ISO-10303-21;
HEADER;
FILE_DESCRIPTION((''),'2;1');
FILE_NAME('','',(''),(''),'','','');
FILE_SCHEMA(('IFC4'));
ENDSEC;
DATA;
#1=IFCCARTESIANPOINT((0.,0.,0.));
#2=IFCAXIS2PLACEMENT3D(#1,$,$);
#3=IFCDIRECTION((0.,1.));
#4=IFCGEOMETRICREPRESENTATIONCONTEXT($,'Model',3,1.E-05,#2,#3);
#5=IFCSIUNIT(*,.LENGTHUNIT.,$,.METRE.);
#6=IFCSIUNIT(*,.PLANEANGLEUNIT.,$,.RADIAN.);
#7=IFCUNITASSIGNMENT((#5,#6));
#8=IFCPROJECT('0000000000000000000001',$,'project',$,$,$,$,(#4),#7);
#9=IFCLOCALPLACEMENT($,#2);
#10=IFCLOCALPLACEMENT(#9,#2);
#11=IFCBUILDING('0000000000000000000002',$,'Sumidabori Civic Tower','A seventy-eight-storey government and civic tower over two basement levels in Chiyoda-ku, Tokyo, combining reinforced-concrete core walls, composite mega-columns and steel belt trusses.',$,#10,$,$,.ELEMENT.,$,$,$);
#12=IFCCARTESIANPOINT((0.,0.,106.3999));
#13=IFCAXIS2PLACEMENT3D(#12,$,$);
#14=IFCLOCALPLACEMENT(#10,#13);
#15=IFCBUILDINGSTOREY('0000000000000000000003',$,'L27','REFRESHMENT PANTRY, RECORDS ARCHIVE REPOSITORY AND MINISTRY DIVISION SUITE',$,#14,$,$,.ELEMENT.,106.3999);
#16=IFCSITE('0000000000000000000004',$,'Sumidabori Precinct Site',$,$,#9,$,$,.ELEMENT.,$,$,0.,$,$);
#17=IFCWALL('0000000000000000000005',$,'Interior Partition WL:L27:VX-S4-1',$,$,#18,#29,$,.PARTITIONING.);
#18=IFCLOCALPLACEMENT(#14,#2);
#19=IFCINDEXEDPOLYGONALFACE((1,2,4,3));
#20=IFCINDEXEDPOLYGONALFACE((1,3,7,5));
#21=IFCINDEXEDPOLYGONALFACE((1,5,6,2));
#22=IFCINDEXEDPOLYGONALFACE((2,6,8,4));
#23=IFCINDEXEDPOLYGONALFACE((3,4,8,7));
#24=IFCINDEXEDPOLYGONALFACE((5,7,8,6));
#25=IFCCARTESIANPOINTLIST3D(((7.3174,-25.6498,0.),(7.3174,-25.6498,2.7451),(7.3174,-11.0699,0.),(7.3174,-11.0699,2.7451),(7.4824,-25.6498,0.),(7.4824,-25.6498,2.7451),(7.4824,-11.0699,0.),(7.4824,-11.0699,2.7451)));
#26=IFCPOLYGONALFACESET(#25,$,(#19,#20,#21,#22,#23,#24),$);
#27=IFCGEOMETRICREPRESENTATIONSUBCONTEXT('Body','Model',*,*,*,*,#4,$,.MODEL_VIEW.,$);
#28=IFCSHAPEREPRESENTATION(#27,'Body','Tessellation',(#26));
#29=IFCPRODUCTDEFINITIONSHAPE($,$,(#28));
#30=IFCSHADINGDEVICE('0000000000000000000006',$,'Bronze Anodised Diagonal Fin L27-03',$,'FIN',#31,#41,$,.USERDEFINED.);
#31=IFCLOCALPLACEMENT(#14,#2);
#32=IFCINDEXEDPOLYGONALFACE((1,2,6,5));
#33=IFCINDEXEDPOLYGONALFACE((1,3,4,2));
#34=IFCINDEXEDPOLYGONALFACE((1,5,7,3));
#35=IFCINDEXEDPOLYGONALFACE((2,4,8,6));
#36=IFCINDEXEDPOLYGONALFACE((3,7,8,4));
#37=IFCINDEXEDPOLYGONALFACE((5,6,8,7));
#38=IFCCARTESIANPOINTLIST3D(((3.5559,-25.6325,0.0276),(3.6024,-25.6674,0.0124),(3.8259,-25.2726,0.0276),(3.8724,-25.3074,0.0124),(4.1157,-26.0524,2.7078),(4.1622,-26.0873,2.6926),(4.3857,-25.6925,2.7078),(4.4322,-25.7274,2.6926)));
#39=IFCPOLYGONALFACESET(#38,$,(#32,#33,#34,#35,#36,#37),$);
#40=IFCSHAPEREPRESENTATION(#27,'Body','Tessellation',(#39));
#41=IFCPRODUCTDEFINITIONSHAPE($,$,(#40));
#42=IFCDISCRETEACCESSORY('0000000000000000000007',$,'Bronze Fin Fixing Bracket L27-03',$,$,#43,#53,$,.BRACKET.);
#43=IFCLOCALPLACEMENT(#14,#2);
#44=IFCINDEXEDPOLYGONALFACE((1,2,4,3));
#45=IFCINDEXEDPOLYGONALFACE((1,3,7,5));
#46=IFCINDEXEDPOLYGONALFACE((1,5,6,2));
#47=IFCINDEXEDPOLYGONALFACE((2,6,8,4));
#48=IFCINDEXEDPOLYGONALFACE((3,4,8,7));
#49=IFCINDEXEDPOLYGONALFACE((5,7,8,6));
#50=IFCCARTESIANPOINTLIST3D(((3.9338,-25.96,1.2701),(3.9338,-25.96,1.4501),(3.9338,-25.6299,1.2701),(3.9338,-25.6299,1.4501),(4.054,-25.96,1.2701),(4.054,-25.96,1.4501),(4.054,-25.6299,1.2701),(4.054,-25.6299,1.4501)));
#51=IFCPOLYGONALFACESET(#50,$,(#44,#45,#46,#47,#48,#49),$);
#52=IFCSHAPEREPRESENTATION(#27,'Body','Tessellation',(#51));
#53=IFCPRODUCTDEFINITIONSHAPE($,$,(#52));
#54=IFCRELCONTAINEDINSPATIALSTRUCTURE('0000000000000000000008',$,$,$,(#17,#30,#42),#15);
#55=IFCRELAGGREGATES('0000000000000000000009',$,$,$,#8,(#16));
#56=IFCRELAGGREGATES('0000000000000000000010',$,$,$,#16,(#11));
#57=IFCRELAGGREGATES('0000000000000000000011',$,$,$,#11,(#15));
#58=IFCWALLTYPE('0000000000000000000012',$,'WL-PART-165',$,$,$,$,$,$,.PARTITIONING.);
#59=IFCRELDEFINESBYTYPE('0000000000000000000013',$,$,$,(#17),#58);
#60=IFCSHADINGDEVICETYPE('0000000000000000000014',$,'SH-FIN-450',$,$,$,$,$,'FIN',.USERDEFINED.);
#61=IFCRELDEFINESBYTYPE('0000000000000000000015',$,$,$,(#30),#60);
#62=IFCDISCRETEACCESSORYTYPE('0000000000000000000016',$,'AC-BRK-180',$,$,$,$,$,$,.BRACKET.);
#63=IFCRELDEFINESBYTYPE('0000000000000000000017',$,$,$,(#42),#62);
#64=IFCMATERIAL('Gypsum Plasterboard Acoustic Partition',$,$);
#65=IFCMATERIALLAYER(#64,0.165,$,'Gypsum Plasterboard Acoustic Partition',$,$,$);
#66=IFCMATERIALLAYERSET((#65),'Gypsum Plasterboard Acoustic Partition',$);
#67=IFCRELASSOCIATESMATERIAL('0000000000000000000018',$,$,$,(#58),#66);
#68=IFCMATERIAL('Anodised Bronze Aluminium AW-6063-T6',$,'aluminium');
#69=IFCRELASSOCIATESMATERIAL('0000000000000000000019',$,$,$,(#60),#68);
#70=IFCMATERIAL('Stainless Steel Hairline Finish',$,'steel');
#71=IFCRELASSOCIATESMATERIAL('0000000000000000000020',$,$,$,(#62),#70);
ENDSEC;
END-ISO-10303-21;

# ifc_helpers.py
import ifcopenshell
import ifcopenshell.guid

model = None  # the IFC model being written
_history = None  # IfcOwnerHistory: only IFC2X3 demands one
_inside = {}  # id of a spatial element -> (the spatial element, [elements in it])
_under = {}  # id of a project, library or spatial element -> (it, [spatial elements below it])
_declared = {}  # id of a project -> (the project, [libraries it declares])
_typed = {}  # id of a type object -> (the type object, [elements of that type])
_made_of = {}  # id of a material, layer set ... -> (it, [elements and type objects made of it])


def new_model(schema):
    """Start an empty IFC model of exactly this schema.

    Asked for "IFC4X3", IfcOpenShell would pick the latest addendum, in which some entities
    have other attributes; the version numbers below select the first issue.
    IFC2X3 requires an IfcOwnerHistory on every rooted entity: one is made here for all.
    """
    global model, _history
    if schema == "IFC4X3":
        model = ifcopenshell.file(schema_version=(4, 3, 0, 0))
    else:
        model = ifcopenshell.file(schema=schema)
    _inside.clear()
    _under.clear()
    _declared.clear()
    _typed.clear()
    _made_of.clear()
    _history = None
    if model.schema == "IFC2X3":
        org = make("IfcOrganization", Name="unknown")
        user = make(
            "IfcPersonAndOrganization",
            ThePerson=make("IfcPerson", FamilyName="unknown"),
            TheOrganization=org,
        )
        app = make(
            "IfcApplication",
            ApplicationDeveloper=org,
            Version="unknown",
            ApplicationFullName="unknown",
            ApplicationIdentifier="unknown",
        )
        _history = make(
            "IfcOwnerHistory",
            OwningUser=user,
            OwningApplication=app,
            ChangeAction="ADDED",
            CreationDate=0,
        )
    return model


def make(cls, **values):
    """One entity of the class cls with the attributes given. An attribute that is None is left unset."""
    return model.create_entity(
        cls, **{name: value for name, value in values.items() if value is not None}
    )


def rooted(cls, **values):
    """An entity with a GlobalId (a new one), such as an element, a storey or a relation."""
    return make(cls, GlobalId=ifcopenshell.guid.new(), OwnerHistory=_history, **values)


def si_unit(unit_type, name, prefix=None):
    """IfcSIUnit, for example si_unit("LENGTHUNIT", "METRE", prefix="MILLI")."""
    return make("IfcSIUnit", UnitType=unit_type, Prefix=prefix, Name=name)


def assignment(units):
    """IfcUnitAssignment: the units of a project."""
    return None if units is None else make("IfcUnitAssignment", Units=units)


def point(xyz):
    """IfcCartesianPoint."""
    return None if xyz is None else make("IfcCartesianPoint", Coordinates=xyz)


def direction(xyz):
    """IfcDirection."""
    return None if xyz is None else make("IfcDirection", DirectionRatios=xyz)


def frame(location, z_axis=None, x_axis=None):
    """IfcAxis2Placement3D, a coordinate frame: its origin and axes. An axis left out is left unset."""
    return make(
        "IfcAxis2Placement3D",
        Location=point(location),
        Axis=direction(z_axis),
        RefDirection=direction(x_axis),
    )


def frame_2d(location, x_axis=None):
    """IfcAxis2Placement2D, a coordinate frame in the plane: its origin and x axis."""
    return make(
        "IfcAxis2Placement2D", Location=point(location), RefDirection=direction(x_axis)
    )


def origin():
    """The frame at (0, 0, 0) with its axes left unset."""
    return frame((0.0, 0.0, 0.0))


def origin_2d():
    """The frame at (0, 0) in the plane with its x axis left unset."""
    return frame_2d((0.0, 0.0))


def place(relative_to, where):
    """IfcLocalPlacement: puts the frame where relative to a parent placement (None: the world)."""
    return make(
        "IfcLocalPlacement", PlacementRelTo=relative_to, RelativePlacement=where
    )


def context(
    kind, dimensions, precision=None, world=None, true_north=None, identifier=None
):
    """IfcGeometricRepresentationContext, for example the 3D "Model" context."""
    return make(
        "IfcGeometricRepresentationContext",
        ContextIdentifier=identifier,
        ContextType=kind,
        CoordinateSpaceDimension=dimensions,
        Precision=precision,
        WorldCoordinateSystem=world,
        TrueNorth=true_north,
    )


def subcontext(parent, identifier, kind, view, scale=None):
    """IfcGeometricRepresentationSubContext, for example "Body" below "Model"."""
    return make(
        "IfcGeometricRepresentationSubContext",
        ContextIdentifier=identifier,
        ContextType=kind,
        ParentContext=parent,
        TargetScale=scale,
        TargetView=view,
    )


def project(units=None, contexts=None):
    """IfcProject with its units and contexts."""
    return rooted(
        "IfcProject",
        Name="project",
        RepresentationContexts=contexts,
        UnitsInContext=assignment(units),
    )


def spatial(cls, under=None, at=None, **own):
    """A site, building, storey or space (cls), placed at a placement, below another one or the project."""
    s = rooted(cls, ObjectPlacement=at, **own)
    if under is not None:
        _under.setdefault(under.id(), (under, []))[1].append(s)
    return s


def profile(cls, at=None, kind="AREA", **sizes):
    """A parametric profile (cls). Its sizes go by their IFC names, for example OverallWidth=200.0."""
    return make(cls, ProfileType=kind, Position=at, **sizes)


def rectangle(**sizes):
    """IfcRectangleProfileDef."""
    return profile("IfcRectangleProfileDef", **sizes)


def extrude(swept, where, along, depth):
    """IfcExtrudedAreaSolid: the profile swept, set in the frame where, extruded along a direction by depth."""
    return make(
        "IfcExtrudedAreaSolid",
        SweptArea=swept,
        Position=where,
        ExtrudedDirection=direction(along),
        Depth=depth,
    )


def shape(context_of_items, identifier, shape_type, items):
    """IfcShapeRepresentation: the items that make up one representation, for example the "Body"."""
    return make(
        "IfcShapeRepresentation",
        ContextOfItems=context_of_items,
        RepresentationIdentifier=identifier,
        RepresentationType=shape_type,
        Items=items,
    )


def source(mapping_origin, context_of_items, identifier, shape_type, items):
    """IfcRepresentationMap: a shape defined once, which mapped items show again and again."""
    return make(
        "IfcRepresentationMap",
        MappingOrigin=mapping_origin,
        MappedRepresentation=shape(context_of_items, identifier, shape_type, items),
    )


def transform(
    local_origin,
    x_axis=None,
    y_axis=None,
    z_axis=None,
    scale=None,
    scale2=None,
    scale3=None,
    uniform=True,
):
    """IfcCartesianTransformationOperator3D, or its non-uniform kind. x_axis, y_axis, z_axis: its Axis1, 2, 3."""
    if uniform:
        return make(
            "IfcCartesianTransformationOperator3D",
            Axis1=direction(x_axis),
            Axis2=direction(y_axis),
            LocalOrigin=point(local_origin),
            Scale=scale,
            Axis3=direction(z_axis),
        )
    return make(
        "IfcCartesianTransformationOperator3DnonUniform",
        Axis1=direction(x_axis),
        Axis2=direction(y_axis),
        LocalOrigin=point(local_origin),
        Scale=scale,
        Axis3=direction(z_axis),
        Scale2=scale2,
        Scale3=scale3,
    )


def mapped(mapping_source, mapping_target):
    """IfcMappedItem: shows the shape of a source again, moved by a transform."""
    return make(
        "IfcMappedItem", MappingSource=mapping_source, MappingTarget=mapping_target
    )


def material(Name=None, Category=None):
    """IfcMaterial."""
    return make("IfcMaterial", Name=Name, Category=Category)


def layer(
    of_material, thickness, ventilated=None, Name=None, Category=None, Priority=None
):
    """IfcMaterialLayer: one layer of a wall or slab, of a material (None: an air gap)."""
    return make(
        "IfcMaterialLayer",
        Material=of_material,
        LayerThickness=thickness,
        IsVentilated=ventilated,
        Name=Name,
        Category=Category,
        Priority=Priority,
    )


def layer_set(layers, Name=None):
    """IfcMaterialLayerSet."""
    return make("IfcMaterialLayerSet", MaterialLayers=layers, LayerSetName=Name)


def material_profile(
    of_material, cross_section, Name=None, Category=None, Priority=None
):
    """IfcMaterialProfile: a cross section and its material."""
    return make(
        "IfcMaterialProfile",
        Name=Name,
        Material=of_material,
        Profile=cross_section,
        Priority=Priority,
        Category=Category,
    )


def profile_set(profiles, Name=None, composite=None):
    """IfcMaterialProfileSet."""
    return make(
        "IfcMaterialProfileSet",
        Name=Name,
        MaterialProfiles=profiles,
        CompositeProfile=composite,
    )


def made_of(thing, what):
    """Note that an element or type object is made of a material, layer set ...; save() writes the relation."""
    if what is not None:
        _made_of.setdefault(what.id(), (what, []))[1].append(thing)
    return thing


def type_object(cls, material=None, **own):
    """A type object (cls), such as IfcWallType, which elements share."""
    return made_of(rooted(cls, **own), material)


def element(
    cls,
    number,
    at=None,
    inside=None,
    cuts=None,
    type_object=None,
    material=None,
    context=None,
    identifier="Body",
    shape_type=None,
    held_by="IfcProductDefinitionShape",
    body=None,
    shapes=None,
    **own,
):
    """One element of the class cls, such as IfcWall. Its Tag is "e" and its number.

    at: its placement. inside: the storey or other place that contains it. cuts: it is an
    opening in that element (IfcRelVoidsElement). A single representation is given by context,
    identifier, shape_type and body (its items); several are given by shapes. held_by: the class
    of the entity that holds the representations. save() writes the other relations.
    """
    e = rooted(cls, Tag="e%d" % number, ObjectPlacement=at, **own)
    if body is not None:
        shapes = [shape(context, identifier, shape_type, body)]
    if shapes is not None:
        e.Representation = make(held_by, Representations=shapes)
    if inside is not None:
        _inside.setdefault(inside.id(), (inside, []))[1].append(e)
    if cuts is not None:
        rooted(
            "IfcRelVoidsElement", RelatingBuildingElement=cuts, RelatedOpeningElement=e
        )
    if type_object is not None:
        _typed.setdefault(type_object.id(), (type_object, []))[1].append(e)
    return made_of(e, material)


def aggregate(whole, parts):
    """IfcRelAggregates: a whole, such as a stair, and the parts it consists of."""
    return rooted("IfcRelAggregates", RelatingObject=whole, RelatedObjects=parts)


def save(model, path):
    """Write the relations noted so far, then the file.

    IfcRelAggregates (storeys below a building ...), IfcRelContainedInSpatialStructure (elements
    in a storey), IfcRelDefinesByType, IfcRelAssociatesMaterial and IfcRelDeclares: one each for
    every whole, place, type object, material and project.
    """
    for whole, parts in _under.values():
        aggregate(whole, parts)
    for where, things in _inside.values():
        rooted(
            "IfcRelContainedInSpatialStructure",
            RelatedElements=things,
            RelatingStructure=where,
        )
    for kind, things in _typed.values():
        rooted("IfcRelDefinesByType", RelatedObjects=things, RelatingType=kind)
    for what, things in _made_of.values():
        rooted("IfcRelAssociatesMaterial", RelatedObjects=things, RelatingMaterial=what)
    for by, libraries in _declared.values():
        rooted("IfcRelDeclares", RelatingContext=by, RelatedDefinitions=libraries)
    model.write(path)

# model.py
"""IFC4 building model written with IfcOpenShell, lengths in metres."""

from ifc_helpers import new_model, si_unit, direction, frame, frame_2d, origin, origin_2d, place, context, subcontext, project, spatial, rectangle, extrude, source, transform, mapped, material, layer, layer_set, material_profile, profile_set, type_object, element, save


model = new_model("IFC4")

# Units and contexts
model_context = context("Model", 3, precision=1e-05, world=origin(), true_north=direction((0.0, 1.0)))
body_context = subcontext(model_context, "Body", "Model", "MODEL_VIEW")
ifc_project = project(units=[si_unit("LENGTHUNIT", "METRE"), si_unit("PLANEANGLEUNIT", "RADIAN")], contexts=[model_context])

# Site, building, storey
site_placement = place(None, origin())
site = spatial("IfcSite", under=ifc_project, at=site_placement, Name="Sumidabori Precinct Site", CompositionType="ELEMENT", RefElevation=0.0)
building_placement = place(site_placement, origin())
building = spatial("IfcBuilding", under=site, at=building_placement, Name="Sumidabori Civic Tower", Description="A seventy-eight-storey government and civic tower over two basement levels in Chiyoda-ku, Tokyo, combining reinforced-concrete core walls, composite mega-columns and steel belt trusses.", CompositionType="ELEMENT")
storey_placement = place(building_placement, frame((0.0, 0.0, 106.3999)))
storey = spatial("IfcBuildingStorey", under=building, at=storey_placement, Name="L27", Description="REFRESHMENT PANTRY, RECORDS ARCHIVE REPOSITORY AND MINISTRY DIVISION SUITE", CompositionType="ELEMENT", Elevation=106.3999)

# Shared definitions
ifc_material_1 = material(Name="Anodised Bronze Aluminium AW-6063-T6", Category="aluminium")

# Shared definitions
ifc_material_2 = material(Name="Gypsum Plasterboard Acoustic Partition")
ifc_layer_1 = layer(ifc_material_2, 0.165, Name="Gypsum Plasterboard Acoustic Partition")
ifc_layer_set_1 = layer_set([ifc_layer_1], Name="Gypsum Plasterboard Acoustic Partition")
wall_type = type_object("IfcWallType", Name="WL-PART-165", PredefinedType="PARTITIONING", material=ifc_layer_set_1)

# Wall
shared_shape_1 = source(origin(), body_context, "Body", "SweptSolid", [
    extrude(rectangle(XDim=14.5798, YDim=0.165, at=frame_2d((7.29, 0.0))), origin(), (0.0, 0.0, 1.0), 2.7451),
])
wall_1_placement = place(storey_placement, frame((7.3999, -25.6499, 0.0), z_axis=(0.0, 0.0, 1.0), x_axis=(0.0, 1.0, 0.0)))
element("IfcWall", 1, at=wall_1_placement, inside=storey, type_object=wall_type, Name="Interior Partition WL:L27:VX-S4-1", PredefinedType="PARTITIONING", context=body_context, shape_type="MappedRepresentation", body=[
    mapped(shared_shape_1, transform((0.0, 0.0, 0.0), x_axis=(1.0, 0.0, 0.0), y_axis=(0.0, 1.0, 0.0), z_axis=(0.0, 0.0, 1.0), scale=1.0)),
])

# Shading device
ifc_material_profile_1 = material_profile(ifc_material_1, rectangle(XDim=0.0601, YDim=0.45, at=origin_2d()), Name="BRONZE FIN 450x60")
ifc_profile_set_1 = profile_set([ifc_material_profile_1], Name="Anodised Bronze Aluminium AW-6063-T6")
shading_device_type = type_object("IfcShadingDeviceType", Name="SH-FIN-450", ElementType="FIN", PredefinedType="USERDEFINED", material=ifc_profile_set_1)
shared_shape_2 = source(origin(), body_context, "Body", "SweptSolid", [
    extrude(rectangle(XDim=0.0601, YDim=0.45, at=origin_2d()), origin(), (0.0, 0.0, 1.0), 2.77),
])
shading_device_placement = place(storey_placement, frame((3.7141, -25.47, 0.02), z_axis=(0.202097, -0.151595, 0.967562), x_axis=(0.774009, -0.580591, -0.252634)))
element("IfcShadingDevice", 2, at=shading_device_placement, inside=storey, type_object=shading_device_type, Name="Bronze Anodised Diagonal Fin L27-03", ObjectType="FIN", PredefinedType="USERDEFINED", context=body_context, shape_type="MappedRepresentation", body=[
    mapped(shared_shape_2, transform((0.0, 0.0, 0.0), x_axis=(1.0, 0.0, 0.0), y_axis=(0.0, 1.0, 0.0), z_axis=(0.0, 0.0, 1.0), scale=1.0)),
])

# Discrete accessory
ifc_material_3 = material(Name="Stainless Steel Hairline Finish", Category="steel")
ifc_material_profile_2 = material_profile(ifc_material_3, rectangle(XDim=0.1201, YDim=0.1799, at=origin_2d()), Name="STEEL BRACKET 180x120")
ifc_profile_set_2 = profile_set([ifc_material_profile_2], Name="Stainless Steel Hairline Finish")
discrete_accessory_type = type_object("IfcDiscreteAccessoryType", Name="AC-BRK-180", PredefinedType="BRACKET", material=ifc_profile_set_2)
shared_shape_3 = source(origin(), body_context, "Body", "SweptSolid", [
    extrude(rectangle(XDim=0.1201, YDim=0.1799, at=origin_2d()), origin(), (0.0, 0.0, 1.0), 0.3301),
])
discrete_accessory_placement = place(storey_placement, frame((3.9939, -25.6299, 1.3601), z_axis=(0.0, -1.0, 0.0), x_axis=(1.0, 0.0, 0.0)))
element("IfcDiscreteAccessory", 3, at=discrete_accessory_placement, inside=storey, type_object=discrete_accessory_type, Name="Bronze Fin Fixing Bracket L27-03", PredefinedType="BRACKET", context=body_context, shape_type="MappedRepresentation", body=[
    mapped(shared_shape_3, transform((0.0, 0.0, 0.0), x_axis=(1.0, 0.0, 0.0), y_axis=(0.0, 1.0, 0.0), z_axis=(0.0, 0.0, 1.0), scale=1.0)),
])

save(model, "model.ifc")
